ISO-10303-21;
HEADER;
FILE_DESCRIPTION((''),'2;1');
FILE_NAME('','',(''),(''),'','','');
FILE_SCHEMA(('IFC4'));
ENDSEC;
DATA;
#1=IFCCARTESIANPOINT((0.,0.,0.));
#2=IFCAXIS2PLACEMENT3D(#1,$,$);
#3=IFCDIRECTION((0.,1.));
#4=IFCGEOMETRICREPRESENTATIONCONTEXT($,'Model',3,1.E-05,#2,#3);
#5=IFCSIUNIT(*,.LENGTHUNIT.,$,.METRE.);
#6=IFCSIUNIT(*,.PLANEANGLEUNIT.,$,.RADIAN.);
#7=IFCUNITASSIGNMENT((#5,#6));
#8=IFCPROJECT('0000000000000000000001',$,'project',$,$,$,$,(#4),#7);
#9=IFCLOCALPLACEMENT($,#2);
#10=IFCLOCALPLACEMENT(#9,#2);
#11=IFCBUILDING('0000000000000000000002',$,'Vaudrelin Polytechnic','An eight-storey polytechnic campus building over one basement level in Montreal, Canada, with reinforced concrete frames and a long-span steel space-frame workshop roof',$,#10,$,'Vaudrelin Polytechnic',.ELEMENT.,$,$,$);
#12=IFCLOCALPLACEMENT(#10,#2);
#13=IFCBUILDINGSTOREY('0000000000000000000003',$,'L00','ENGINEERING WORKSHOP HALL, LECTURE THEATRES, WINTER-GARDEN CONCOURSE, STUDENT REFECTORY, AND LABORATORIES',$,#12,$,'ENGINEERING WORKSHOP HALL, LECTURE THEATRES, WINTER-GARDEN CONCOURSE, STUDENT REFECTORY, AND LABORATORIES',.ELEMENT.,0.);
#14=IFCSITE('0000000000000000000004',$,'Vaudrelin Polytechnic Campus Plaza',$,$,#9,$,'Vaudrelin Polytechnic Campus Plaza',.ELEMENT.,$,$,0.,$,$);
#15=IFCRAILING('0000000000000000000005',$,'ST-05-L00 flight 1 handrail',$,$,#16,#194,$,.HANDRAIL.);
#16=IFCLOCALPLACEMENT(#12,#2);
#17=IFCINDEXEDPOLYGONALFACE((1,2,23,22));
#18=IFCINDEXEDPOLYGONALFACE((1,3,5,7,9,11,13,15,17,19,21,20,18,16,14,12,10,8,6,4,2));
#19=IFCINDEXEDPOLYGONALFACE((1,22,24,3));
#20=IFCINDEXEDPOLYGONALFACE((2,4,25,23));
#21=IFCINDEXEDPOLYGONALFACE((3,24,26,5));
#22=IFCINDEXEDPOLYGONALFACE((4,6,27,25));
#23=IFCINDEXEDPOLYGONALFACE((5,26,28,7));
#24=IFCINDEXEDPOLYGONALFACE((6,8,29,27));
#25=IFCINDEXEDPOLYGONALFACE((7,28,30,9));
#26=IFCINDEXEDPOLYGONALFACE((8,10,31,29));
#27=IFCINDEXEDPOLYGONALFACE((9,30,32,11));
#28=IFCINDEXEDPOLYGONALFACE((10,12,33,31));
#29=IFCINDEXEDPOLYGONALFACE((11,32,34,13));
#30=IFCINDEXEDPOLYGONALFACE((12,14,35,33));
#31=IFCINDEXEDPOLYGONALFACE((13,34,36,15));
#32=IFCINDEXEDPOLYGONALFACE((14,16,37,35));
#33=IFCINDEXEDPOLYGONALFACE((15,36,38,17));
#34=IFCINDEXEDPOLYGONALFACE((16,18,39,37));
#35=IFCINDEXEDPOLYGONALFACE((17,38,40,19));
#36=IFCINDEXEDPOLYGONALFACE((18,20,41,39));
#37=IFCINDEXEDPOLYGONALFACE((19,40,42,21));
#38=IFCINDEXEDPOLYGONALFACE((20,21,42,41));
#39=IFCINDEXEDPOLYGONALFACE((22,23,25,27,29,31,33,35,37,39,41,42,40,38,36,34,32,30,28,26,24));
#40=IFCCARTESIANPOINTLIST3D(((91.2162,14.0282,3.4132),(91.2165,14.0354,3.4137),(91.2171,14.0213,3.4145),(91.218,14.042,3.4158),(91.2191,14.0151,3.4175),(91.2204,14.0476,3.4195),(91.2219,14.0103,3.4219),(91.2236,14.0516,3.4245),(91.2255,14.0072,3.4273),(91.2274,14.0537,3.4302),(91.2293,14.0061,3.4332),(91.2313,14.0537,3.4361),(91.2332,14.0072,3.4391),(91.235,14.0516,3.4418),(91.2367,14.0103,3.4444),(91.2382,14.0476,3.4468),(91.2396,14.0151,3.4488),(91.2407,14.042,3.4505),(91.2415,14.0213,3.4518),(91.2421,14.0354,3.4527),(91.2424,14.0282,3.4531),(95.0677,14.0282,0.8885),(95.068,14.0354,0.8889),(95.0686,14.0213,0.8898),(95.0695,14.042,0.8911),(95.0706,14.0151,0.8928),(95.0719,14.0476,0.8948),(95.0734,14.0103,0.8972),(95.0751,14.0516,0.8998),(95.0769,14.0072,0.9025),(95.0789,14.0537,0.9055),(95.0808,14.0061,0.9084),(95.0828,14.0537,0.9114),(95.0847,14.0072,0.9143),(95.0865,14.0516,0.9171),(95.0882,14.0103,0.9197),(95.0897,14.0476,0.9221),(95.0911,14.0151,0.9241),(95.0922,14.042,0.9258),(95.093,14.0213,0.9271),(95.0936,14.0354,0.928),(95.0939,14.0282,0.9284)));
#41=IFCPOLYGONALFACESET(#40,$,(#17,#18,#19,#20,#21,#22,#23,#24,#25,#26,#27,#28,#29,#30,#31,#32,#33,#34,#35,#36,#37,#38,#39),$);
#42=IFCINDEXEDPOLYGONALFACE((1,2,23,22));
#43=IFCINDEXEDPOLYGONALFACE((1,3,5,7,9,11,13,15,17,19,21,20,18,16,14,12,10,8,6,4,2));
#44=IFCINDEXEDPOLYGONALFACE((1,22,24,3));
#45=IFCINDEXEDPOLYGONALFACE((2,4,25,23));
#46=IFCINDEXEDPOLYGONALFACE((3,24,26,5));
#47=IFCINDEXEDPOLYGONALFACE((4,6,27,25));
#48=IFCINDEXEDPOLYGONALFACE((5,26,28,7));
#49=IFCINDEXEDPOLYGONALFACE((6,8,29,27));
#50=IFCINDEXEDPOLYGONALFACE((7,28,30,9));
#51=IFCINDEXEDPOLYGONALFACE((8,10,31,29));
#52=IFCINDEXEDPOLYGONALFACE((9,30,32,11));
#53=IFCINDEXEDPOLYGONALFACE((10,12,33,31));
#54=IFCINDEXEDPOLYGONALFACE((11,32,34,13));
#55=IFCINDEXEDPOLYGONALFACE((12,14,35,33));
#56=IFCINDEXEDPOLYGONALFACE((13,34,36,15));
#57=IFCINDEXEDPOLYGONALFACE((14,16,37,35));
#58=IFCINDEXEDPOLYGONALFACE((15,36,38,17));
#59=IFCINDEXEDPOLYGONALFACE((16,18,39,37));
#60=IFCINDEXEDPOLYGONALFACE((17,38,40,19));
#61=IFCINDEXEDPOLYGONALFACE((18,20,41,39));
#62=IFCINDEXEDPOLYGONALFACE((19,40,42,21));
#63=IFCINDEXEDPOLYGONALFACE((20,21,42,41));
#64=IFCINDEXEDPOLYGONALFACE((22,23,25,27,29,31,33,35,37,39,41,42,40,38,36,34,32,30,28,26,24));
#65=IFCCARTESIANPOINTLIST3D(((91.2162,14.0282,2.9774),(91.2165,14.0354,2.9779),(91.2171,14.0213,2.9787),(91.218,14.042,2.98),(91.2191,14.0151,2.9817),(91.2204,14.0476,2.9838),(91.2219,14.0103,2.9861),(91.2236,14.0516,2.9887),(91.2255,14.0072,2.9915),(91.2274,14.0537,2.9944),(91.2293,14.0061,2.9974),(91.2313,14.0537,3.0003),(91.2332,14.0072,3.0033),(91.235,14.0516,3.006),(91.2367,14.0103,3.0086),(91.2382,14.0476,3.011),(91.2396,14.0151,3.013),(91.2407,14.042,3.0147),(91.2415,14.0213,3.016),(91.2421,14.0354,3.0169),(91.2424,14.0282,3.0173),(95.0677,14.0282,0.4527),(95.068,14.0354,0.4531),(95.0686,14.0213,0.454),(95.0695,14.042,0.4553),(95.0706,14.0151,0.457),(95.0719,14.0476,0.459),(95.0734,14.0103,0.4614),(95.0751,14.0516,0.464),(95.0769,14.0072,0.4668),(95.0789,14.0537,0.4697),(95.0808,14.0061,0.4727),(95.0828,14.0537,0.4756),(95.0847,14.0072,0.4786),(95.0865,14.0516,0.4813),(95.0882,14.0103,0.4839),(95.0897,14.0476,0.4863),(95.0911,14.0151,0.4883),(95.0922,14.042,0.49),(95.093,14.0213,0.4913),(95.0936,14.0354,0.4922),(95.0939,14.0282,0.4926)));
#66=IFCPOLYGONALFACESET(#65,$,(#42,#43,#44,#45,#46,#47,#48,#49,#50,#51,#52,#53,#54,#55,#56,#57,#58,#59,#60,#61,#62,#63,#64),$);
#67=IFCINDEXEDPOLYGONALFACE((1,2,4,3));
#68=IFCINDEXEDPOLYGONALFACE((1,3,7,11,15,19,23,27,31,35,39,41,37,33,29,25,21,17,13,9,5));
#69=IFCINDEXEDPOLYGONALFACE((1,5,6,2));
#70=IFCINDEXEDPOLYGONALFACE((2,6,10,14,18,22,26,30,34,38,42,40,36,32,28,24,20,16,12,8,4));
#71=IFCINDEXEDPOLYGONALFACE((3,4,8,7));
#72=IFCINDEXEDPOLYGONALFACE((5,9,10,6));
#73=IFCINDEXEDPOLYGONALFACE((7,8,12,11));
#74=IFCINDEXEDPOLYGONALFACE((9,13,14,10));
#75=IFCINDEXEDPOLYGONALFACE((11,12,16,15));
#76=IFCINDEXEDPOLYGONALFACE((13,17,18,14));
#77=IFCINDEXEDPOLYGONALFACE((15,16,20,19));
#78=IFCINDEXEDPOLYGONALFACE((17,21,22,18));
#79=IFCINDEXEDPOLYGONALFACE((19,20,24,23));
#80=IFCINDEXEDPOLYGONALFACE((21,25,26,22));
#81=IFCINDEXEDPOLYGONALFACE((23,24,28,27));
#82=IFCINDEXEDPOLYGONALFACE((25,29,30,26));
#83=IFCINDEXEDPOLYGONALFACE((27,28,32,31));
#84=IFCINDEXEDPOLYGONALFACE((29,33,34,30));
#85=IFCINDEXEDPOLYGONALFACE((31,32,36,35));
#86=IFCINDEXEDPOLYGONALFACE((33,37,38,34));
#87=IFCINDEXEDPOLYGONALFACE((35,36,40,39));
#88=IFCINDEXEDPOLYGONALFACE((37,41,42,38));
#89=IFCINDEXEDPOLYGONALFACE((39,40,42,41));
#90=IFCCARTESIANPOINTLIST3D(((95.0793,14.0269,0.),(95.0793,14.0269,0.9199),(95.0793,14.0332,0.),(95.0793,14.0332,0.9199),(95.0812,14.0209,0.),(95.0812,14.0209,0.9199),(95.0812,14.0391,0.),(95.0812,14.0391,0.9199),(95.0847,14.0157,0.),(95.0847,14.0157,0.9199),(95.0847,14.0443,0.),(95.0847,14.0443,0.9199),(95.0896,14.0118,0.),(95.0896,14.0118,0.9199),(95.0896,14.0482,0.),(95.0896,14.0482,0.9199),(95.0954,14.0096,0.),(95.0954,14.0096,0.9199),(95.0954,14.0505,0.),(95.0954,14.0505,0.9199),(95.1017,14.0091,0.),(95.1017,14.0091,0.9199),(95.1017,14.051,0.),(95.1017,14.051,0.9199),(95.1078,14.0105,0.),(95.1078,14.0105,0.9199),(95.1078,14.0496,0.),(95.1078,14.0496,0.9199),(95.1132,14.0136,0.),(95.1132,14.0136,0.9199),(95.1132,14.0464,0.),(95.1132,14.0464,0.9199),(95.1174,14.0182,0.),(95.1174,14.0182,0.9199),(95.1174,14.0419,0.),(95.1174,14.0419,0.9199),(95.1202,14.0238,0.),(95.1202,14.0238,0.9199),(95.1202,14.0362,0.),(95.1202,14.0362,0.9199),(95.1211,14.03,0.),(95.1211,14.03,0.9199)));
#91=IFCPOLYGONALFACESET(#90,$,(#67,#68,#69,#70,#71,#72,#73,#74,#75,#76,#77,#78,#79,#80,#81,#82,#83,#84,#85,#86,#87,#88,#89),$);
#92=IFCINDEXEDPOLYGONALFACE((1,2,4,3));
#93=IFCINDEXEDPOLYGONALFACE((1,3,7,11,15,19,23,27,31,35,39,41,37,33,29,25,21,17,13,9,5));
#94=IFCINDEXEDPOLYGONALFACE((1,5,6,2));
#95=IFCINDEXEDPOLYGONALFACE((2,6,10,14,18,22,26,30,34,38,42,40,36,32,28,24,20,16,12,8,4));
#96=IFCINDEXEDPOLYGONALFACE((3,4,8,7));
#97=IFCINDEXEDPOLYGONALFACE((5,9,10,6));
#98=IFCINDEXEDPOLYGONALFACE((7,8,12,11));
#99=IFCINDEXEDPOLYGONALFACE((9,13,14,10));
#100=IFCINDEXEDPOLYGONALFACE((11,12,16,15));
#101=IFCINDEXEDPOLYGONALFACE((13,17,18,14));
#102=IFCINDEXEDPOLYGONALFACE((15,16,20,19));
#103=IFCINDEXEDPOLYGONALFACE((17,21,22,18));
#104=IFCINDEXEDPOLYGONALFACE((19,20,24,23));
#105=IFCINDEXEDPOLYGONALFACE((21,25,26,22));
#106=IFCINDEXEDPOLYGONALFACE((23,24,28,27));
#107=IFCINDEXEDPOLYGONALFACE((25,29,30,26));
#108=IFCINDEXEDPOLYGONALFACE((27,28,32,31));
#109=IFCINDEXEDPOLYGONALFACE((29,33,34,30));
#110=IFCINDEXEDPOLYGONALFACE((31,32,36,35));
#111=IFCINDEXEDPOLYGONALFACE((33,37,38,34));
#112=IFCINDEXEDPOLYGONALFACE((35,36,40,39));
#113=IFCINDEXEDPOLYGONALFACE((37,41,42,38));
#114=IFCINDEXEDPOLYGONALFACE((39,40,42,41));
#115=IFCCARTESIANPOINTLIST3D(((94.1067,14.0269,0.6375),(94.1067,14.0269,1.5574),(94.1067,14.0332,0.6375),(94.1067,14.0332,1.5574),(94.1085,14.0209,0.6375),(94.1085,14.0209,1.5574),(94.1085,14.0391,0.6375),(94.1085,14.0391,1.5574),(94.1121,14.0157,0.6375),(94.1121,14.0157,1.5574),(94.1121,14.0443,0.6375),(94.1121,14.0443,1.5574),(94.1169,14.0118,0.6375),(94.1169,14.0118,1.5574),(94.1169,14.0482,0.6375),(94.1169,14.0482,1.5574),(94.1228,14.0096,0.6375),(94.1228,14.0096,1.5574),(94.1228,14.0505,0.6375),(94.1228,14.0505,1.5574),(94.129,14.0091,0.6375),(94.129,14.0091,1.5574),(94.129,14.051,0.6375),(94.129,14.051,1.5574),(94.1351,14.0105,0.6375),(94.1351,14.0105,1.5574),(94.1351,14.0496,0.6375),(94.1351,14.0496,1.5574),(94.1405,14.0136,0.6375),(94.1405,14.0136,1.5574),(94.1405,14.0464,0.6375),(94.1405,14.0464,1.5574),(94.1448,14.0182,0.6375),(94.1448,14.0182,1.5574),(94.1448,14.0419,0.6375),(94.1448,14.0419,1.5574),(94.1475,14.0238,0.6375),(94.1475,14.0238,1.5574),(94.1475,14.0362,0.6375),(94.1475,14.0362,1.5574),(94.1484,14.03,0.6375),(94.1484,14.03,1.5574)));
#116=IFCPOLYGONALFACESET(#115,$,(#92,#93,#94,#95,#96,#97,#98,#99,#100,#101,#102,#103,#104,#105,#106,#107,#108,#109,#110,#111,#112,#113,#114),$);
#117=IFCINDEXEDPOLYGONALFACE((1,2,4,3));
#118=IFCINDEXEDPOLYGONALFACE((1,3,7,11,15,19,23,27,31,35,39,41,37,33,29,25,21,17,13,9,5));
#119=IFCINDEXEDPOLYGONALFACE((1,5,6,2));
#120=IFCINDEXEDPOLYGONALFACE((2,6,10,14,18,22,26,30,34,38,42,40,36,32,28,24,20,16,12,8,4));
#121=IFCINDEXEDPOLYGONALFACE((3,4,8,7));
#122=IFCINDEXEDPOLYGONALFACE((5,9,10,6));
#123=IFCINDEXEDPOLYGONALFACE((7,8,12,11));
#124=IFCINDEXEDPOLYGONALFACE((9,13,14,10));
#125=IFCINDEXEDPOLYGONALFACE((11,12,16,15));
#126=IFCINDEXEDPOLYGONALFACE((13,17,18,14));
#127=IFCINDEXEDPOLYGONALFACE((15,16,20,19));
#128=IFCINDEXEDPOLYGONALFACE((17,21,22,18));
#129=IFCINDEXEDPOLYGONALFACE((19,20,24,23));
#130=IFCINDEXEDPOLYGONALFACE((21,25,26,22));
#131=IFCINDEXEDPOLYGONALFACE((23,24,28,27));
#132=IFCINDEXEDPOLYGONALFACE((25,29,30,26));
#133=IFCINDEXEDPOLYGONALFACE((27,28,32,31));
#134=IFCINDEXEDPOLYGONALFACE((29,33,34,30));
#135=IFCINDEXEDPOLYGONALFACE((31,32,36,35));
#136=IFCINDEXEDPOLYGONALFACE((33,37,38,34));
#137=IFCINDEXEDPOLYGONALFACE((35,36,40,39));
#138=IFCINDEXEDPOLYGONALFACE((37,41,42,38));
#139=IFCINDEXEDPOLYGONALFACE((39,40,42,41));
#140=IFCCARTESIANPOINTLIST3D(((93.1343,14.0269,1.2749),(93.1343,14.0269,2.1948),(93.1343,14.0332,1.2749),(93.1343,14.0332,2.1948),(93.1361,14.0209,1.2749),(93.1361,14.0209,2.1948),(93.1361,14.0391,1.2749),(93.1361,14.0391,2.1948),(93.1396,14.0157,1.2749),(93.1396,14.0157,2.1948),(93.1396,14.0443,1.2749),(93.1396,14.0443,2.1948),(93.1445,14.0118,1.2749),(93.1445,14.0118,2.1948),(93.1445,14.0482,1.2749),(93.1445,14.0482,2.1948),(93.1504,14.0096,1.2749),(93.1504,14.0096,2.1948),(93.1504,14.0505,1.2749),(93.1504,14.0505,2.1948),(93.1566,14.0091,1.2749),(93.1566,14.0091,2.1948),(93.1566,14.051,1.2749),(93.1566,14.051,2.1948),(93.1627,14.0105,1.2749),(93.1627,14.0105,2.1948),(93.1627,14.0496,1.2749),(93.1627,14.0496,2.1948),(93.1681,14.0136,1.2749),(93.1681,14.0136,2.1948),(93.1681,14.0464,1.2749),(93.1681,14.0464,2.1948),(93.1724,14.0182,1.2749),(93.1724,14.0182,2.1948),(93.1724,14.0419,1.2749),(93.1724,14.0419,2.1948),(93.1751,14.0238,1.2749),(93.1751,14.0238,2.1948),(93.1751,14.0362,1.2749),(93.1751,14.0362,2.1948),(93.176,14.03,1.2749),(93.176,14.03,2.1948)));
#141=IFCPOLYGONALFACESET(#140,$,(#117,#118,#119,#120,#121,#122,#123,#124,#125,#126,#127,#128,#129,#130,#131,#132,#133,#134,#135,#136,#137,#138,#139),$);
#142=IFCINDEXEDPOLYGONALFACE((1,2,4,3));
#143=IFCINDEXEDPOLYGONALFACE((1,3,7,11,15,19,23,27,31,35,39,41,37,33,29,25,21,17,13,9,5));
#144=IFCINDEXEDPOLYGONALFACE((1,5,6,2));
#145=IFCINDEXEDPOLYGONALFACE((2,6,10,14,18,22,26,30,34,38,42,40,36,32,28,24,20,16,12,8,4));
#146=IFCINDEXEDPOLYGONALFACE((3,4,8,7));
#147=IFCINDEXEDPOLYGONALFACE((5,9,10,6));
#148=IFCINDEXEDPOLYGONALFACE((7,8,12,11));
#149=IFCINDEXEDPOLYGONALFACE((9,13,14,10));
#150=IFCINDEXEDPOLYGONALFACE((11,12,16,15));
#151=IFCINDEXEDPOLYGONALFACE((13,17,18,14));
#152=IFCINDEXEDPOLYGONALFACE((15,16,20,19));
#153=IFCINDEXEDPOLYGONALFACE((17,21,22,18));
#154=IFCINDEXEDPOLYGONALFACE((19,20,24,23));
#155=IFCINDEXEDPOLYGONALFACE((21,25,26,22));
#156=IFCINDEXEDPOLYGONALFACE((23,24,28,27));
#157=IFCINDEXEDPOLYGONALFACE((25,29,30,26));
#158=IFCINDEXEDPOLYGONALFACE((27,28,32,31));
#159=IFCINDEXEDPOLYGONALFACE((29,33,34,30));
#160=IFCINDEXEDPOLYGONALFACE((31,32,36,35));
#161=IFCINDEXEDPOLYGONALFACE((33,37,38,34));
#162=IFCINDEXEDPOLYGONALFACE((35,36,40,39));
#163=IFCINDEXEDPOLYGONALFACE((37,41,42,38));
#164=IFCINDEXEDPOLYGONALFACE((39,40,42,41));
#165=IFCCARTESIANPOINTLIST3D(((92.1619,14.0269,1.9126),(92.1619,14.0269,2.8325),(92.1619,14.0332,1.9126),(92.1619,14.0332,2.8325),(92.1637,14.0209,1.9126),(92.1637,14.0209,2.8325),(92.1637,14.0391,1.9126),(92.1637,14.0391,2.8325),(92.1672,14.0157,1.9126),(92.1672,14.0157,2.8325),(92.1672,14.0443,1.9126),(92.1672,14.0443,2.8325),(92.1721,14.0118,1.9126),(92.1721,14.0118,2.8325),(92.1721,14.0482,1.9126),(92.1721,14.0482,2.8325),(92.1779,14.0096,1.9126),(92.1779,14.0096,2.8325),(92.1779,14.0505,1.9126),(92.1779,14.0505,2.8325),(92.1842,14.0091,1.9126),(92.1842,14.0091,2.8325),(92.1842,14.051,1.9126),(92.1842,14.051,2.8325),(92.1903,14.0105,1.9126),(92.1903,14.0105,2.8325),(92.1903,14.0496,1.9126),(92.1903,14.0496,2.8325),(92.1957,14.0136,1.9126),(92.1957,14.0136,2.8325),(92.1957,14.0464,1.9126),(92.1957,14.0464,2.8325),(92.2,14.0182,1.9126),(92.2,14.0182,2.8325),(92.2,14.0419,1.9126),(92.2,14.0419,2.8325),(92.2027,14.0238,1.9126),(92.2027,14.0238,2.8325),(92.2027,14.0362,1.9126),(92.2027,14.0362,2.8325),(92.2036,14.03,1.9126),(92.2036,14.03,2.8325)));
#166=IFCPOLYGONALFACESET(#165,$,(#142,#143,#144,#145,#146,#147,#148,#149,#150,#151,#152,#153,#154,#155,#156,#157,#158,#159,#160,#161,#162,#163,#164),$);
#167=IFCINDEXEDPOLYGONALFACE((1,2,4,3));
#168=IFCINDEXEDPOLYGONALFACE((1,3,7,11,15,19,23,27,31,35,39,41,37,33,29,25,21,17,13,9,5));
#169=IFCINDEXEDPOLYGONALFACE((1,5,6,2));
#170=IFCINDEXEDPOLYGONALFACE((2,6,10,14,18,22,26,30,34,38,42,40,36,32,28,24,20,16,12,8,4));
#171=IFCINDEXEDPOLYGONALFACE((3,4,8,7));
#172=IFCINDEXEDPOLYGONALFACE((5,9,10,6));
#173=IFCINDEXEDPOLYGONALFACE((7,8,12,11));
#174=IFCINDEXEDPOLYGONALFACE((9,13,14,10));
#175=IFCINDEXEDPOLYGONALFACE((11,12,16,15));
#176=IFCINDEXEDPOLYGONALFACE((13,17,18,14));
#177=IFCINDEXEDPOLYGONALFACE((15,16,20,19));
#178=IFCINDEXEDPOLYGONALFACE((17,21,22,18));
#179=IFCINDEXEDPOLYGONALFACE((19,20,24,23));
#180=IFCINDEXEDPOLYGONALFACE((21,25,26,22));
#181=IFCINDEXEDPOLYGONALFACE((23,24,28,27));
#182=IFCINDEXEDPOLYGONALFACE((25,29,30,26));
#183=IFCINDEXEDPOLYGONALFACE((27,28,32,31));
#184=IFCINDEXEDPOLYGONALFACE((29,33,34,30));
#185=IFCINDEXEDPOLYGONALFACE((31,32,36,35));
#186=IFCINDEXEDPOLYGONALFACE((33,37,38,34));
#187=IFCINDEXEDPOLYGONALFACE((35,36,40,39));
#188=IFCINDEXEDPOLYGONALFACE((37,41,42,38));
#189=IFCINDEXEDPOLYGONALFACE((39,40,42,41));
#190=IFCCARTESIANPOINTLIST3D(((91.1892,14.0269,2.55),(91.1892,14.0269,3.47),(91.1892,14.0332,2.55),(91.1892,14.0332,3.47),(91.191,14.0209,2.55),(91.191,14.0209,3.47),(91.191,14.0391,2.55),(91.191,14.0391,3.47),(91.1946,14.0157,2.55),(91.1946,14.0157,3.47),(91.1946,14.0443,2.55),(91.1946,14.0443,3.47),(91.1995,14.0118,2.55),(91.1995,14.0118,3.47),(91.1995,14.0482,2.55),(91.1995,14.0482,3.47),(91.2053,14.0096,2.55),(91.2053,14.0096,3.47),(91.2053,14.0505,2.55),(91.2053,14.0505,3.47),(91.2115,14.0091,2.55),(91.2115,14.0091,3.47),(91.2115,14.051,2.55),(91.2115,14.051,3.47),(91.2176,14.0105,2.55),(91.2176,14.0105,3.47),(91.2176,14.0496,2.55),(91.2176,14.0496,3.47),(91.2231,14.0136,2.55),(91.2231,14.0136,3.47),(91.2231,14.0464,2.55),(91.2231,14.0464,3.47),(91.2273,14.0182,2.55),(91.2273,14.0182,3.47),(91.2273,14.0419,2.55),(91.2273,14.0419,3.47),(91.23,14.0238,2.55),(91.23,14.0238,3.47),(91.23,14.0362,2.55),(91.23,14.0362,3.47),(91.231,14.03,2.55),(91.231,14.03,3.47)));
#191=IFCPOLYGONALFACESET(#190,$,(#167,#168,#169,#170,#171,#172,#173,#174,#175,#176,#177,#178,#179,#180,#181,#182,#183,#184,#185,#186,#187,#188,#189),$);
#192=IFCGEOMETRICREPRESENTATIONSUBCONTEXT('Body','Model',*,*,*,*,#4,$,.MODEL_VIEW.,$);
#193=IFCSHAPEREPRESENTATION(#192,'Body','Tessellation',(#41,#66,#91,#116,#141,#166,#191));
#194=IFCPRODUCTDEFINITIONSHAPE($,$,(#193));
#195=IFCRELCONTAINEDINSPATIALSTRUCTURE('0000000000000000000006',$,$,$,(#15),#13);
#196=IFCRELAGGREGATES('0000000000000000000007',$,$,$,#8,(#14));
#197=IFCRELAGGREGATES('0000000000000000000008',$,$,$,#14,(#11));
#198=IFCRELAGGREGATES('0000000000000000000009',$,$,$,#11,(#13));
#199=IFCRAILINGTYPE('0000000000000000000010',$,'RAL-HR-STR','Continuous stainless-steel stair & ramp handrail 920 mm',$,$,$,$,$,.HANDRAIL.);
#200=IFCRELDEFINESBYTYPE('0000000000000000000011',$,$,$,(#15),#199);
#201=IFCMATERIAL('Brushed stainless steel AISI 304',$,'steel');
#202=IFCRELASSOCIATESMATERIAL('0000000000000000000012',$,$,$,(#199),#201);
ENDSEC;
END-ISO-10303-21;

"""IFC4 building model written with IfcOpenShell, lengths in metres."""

from ifc_helpers import new_model, si_unit, direction, frame, origin, origin_2d, place, context, subcontext, project, spatial, circle, extrude, material, type_object, element, save


model = new_model("IFC4")

# Units and contexts
model_context = context("Model", 3, precision=1e-05, world=origin(), true_north=direction((0.0, 1.0)))
body_context = subcontext(model_context, "Body", "Model", "MODEL_VIEW")
ifc_project = project(units=[si_unit("LENGTHUNIT", "METRE"), si_unit("PLANEANGLEUNIT", "RADIAN")], contexts=[model_context])

# Site, building, storey
site_placement = place(None, origin())
site = spatial("IfcSite", under=ifc_project, at=site_placement, Name="Vaudrelin Polytechnic Campus Plaza", LongName="Vaudrelin Polytechnic Campus Plaza", CompositionType="ELEMENT", RefElevation=0.0)
building_placement = place(site_placement, origin())
building = spatial("IfcBuilding", under=site, at=building_placement, Name="Vaudrelin Polytechnic", Description="An eight-storey polytechnic campus building over one basement level in Montreal, Canada, with reinforced concrete frames and a long-span steel space-frame workshop roof", LongName="Vaudrelin Polytechnic", CompositionType="ELEMENT")
storey_placement = place(building_placement, origin())
storey = spatial("IfcBuildingStorey", under=building, at=storey_placement, Name="L00", Description="ENGINEERING WORKSHOP HALL, LECTURE THEATRES, WINTER-GARDEN CONCOURSE, STUDENT REFECTORY, AND LABORATORIES", LongName="ENGINEERING WORKSHOP HALL, LECTURE THEATRES, WINTER-GARDEN CONCOURSE, STUDENT REFECTORY, AND LABORATORIES", CompositionType="ELEMENT", Elevation=0.0)

# Shared definitions
ifc_material_1 = material(Name="Brushed stainless steel AISI 304", Category="steel")

# Railing
railing_type_1 = type_object("IfcRailingType", Name="RAL-HR-STR", Description="Continuous stainless-steel stair & ramp handrail 920 mm", PredefinedType="HANDRAIL", material=ifc_material_1)
railing_1_placement = place(storey_placement, frame((95.1001, 14.03, 0.0)))
element("IfcRailing", 1, at=railing_1_placement, inside=storey, type_object=railing_type_1, Name="ST-05-L00 flight 1 handrail", PredefinedType="HANDRAIL", context=body_context, shape_type="SweptSolid", body=[
    extrude(circle(Radius=0.0239, at=origin_2d()), frame((-0.0193, 0.0, 0.9084), z_axis=(-0.836329, 0.0, 0.548228), x_axis=(0.0, -1.0, 0.0)), (0.0, 0.0, 1.0), 4.6052),
    extrude(circle(Radius=0.0239, at=origin_2d()), frame((-0.0193, 0.0, 0.4727), z_axis=(-0.836329, 0.0, 0.548228), x_axis=(0.0, -1.0, 0.0)), (0.0, 0.0, 1.0), 4.6052),
    extrude(circle(Radius=0.021, at=origin_2d()), origin(), (0.0, 0.0, 1.0), 0.9199),
    extrude(circle(Radius=0.021, at=origin_2d()), frame((-0.9727, 0.0, 0.6375)), (0.0, 0.0, 1.0), 0.9199),
    extrude(circle(Radius=0.021, at=origin_2d()), frame((-1.9451, 0.0, 1.2749)), (0.0, 0.0, 1.0), 0.9199),
    extrude(circle(Radius=0.021, at=origin_2d()), frame((-2.9175, 0.0, 1.9126)), (0.0, 0.0, 1.0), 0.9199),
    extrude(circle(Radius=0.021, at=origin_2d()), frame((-3.8901, 0.0, 2.55)), (0.0, 0.0, 1.0), 0.9199),
])

save(model, "model.ifc")
